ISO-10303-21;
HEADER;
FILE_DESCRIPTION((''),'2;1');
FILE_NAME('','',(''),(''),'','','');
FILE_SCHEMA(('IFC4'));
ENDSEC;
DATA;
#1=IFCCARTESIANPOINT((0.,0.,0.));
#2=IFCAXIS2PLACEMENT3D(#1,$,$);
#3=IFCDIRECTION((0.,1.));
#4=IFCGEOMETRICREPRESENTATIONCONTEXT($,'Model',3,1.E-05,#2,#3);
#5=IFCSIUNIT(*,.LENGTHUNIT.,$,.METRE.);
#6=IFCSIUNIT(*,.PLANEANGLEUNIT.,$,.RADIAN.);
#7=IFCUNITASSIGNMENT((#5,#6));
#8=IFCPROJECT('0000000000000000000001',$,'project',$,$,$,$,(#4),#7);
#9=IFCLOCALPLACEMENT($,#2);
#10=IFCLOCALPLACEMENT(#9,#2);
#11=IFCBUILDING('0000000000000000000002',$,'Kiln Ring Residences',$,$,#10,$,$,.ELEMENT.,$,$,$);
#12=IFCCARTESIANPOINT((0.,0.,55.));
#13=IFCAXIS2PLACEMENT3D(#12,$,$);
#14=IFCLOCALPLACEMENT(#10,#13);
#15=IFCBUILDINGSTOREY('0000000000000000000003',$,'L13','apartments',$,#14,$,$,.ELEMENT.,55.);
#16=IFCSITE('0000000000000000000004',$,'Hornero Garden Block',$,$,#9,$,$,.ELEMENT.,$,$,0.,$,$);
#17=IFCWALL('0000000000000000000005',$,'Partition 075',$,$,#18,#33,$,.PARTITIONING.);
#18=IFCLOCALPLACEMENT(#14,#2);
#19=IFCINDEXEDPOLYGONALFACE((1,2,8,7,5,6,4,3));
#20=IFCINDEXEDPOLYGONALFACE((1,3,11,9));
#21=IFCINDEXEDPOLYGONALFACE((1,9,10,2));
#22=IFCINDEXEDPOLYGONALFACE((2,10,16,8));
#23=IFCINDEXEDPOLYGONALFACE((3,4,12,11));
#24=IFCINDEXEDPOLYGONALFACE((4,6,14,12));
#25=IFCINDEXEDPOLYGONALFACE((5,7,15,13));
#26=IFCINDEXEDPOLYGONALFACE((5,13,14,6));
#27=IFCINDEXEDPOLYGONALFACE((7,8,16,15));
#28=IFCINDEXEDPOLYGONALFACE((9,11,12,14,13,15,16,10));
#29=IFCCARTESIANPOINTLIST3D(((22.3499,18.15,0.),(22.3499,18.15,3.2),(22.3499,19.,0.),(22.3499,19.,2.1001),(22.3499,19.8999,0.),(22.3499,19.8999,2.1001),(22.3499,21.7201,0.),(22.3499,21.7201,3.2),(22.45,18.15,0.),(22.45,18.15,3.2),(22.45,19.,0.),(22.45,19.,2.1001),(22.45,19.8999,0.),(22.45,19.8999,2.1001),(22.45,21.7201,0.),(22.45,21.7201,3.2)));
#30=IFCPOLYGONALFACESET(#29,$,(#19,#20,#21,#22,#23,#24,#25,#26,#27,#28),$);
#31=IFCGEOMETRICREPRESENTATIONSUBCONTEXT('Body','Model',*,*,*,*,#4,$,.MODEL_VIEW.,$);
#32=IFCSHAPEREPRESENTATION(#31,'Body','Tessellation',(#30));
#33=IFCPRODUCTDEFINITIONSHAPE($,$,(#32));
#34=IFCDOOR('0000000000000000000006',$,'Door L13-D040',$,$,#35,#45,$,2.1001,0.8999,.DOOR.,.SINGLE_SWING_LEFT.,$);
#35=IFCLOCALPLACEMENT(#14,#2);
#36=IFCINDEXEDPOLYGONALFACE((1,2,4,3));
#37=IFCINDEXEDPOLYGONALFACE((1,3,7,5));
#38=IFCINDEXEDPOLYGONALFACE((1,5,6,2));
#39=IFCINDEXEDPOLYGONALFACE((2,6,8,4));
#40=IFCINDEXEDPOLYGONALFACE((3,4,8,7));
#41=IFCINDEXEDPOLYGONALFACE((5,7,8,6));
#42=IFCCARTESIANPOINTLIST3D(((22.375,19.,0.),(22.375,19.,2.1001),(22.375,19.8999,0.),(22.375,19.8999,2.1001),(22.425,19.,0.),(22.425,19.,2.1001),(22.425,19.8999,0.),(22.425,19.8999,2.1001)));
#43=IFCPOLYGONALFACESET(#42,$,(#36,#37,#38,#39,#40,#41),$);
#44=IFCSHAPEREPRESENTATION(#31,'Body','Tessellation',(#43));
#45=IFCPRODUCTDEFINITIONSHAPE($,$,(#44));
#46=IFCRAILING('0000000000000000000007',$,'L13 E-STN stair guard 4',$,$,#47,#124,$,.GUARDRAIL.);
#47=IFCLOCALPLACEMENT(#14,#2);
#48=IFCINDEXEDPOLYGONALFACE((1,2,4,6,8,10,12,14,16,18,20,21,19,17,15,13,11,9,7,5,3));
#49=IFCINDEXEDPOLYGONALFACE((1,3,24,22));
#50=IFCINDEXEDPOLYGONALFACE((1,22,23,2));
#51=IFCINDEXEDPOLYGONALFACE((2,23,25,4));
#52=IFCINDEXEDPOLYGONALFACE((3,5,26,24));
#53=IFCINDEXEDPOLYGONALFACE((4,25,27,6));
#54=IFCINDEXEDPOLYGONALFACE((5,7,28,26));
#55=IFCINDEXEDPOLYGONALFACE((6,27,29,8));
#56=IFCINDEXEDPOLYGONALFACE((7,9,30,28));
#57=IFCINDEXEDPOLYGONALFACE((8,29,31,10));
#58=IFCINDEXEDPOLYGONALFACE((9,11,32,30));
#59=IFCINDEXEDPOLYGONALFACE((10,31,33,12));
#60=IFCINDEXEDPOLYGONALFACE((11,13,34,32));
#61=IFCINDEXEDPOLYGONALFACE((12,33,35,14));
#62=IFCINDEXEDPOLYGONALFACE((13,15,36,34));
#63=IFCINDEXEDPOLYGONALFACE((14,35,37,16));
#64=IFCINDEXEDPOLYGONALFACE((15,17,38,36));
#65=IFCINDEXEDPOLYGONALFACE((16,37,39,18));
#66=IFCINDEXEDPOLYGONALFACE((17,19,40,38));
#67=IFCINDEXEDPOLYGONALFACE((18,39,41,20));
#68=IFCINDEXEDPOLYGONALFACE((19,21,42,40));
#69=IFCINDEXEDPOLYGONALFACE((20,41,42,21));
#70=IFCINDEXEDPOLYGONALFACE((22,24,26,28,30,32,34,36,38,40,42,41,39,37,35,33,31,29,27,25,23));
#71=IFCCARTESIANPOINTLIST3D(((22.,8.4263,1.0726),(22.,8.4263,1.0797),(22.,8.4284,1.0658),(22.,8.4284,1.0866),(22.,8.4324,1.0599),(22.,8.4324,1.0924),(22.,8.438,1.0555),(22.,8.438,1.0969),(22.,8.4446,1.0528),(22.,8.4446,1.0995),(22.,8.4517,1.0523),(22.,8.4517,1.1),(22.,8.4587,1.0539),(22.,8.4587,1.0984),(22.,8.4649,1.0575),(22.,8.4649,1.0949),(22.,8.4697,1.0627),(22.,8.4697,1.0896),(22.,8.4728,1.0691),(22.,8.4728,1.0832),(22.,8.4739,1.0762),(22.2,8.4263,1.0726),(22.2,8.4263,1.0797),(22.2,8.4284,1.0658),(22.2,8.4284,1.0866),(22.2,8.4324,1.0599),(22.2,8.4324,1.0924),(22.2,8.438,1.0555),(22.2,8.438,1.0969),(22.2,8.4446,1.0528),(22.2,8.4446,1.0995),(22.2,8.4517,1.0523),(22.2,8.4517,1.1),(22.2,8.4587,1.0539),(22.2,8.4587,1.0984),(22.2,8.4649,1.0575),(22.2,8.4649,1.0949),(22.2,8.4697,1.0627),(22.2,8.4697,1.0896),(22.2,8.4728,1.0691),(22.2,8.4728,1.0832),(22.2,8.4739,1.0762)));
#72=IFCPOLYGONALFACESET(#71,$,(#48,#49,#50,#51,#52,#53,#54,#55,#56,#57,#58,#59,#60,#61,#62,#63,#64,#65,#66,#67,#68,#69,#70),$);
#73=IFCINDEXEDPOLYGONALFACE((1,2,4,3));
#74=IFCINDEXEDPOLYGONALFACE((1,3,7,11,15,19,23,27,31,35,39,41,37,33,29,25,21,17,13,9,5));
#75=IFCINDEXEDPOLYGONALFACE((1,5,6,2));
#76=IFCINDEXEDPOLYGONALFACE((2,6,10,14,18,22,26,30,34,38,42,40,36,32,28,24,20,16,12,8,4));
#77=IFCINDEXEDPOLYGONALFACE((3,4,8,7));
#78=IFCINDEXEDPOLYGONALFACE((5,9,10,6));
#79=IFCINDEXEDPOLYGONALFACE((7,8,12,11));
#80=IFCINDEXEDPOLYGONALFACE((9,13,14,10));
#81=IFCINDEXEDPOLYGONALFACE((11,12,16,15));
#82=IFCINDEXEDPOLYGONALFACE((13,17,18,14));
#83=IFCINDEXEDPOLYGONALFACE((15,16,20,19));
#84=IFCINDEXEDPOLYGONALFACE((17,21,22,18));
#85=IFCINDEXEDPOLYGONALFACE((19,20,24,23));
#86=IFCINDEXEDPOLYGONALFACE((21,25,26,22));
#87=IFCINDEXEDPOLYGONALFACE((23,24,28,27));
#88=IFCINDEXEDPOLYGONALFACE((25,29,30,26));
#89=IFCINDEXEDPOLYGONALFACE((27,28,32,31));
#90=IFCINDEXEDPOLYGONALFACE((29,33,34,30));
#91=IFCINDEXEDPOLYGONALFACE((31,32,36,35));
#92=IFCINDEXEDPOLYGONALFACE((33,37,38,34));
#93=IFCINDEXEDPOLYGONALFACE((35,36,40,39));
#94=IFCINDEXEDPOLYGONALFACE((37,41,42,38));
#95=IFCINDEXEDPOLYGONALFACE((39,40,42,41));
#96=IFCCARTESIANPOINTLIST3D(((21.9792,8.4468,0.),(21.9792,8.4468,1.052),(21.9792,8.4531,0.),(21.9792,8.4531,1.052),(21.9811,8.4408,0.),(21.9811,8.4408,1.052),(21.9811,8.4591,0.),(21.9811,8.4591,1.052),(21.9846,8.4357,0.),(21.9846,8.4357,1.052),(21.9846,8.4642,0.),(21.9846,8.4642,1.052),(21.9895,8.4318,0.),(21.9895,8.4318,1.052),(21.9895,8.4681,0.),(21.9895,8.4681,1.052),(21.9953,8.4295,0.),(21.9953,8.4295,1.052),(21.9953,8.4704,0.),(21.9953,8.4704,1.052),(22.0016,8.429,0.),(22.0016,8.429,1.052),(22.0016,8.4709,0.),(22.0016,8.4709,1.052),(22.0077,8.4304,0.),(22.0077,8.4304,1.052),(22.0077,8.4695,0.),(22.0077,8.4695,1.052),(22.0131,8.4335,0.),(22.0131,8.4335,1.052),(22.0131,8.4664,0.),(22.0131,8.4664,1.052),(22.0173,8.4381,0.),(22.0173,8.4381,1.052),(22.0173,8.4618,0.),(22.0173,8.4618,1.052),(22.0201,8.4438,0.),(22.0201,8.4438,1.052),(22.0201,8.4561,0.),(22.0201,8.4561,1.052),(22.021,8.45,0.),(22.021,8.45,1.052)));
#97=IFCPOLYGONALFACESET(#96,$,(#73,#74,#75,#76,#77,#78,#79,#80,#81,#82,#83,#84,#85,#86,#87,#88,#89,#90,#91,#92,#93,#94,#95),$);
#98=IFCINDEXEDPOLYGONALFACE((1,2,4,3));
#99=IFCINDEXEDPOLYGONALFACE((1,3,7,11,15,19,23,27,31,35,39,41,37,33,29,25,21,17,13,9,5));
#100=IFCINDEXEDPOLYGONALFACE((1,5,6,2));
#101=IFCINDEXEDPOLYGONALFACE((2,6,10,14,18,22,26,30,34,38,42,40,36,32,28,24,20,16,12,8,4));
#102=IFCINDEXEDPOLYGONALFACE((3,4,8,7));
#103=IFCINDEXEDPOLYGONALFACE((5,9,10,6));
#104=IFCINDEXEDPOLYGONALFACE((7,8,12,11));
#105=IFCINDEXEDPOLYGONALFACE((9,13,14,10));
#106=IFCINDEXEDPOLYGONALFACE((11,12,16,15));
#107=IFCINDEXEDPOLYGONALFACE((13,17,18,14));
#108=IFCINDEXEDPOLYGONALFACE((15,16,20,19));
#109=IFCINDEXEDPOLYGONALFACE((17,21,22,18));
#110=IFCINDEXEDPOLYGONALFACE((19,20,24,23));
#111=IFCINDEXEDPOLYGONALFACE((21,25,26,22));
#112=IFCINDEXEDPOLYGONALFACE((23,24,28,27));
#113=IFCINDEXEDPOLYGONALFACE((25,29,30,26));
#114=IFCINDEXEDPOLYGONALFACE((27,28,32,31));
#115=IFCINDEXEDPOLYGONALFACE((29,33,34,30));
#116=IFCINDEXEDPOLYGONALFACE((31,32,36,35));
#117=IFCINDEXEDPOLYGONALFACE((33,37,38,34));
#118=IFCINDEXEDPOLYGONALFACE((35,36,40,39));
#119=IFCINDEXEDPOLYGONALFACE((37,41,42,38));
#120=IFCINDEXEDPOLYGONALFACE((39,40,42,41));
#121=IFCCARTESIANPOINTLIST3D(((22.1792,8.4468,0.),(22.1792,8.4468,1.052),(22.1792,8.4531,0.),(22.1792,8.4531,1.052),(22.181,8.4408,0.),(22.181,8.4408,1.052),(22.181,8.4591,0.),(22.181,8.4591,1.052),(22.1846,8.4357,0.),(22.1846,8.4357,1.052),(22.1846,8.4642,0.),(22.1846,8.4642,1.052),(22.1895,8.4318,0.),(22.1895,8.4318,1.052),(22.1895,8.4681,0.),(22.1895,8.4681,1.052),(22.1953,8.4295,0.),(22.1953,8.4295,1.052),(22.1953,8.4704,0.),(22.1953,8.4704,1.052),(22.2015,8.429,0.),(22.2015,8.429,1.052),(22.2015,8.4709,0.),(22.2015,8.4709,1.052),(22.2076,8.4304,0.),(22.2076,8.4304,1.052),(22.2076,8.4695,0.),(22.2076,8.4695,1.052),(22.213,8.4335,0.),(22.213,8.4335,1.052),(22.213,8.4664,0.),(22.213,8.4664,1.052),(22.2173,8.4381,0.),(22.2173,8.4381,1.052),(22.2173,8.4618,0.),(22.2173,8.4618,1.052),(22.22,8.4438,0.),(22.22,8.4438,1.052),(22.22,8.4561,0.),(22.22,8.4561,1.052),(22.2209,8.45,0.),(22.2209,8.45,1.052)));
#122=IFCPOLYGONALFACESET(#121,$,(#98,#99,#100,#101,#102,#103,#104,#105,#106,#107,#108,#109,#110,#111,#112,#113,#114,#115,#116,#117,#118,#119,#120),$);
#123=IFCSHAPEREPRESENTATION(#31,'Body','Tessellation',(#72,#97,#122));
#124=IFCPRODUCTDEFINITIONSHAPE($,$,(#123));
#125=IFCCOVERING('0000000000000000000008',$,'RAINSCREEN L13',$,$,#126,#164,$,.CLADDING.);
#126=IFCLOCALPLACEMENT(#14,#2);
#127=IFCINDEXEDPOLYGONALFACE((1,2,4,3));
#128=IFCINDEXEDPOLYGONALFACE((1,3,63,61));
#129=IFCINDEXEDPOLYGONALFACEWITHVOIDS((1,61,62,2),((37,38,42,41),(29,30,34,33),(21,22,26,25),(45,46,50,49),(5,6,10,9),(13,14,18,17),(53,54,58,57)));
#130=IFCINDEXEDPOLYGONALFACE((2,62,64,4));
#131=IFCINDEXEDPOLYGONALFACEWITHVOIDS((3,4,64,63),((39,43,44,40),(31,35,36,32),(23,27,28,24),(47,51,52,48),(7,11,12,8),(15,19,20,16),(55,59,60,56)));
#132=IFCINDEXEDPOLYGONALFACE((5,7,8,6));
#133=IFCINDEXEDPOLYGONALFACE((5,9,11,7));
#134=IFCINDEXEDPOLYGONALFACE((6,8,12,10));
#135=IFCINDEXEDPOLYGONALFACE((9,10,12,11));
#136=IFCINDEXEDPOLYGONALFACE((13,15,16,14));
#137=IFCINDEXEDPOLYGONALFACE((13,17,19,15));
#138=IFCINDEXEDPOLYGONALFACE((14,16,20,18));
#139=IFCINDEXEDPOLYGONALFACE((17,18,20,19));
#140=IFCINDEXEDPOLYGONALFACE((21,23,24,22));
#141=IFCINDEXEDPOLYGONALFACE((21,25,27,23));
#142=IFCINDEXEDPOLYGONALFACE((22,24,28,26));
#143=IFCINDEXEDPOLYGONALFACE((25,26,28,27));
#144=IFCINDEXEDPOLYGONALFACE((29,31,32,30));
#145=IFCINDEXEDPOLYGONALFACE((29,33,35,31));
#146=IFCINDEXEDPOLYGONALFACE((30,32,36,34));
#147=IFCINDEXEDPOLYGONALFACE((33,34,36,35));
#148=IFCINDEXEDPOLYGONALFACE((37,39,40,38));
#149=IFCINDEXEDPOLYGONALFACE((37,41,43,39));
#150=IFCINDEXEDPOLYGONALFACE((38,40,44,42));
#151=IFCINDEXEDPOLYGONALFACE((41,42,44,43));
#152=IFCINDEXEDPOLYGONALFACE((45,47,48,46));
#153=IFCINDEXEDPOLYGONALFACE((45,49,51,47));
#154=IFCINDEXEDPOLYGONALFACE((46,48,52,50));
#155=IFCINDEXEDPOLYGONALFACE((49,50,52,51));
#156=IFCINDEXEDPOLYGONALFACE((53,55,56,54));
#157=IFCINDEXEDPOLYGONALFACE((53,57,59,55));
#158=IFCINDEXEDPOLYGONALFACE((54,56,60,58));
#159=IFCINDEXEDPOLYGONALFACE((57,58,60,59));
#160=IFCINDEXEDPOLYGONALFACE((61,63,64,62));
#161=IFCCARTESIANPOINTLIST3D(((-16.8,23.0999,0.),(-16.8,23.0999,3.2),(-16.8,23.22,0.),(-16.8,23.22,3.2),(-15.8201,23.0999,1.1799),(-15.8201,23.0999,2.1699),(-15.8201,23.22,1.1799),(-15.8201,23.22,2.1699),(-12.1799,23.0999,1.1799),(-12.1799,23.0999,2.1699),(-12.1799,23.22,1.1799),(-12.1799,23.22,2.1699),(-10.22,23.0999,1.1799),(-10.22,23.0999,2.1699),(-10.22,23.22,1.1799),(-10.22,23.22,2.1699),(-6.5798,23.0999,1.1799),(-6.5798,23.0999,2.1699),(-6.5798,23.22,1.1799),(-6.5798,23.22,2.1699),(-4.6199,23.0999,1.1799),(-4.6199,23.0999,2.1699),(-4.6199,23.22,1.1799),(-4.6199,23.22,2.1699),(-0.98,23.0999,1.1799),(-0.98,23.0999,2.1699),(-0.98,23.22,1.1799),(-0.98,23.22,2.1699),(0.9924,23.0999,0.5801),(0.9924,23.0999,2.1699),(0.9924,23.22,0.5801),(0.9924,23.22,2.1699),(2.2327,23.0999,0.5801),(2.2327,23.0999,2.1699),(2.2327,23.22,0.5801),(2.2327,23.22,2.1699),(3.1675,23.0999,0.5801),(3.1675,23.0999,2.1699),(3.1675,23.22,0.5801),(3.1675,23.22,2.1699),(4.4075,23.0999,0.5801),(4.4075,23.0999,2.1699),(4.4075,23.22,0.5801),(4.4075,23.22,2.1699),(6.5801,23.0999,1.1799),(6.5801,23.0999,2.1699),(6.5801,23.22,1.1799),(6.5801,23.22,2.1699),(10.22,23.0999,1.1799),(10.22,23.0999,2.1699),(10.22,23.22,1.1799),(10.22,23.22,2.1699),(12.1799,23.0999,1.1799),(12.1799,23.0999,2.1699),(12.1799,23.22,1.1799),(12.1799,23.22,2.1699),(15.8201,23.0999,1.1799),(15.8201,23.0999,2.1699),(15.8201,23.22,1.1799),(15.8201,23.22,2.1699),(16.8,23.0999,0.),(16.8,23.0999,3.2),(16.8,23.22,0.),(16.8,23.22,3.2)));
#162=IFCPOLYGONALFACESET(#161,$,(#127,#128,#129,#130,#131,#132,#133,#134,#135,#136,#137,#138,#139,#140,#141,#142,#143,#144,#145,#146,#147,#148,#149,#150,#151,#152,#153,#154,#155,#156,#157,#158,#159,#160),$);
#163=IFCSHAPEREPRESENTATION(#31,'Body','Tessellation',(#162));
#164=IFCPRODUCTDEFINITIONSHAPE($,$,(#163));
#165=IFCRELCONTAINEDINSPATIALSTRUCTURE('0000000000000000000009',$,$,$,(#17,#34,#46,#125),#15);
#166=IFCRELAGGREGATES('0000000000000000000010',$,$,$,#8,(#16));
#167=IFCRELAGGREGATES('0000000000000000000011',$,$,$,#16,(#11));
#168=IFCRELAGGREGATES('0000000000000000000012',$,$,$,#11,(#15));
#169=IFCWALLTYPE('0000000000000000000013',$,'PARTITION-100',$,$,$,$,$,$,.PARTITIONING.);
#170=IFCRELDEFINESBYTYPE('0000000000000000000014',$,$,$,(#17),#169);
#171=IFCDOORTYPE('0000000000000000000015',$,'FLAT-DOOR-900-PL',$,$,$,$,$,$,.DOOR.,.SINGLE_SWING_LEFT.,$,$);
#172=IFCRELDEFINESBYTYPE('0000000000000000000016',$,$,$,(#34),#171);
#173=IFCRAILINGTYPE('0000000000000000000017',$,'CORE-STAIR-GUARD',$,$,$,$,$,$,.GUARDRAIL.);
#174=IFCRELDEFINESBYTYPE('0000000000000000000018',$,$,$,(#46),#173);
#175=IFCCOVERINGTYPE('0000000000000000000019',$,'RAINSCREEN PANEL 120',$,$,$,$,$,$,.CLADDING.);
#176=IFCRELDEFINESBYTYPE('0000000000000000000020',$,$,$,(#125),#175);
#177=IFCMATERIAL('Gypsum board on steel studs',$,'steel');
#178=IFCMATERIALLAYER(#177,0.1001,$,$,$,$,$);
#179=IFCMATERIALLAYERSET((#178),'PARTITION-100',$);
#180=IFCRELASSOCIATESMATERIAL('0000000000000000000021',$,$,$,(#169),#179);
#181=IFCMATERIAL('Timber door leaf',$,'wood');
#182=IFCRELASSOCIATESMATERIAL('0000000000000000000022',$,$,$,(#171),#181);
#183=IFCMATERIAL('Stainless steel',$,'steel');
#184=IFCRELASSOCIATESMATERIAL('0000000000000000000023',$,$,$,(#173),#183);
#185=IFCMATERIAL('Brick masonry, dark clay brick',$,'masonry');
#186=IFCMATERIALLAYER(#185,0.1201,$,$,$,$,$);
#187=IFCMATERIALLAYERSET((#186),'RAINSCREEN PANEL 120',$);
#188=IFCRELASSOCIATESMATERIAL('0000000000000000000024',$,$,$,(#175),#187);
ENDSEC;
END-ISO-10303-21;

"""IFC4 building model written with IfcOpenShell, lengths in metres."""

from ifc_helpers import new_model, si_unit, direction, frame, frame_2d, origin, origin_2d, place, context, subcontext, project, spatial, polyline, rectangle, circle, outline, extrude, material, layer, layer_set, type_object, element, fill, save


model = new_model("IFC4")

# Units and contexts
model_context = context("Model", 3, precision=1e-05, world=origin(), true_north=direction((0.0, 1.0)))
body_context = subcontext(model_context, "Body", "Model", "MODEL_VIEW")
ifc_project = project(units=[si_unit("LENGTHUNIT", "METRE"), si_unit("PLANEANGLEUNIT", "RADIAN")], contexts=[model_context])

# Site, building, storey
site_placement = place(None, origin())
site = spatial("IfcSite", under=ifc_project, at=site_placement, Name="Hornero Garden Block", CompositionType="ELEMENT", RefElevation=0.0)
building_placement = place(site_placement, origin())
building = spatial("IfcBuilding", under=site, at=building_placement, Name="Kiln Ring Residences", CompositionType="ELEMENT")
storey_placement = place(building_placement, frame((0.0, 0.0, 55.0)))
storey = spatial("IfcBuildingStorey", under=building, at=storey_placement, Name="L13", Description="apartments", CompositionType="ELEMENT", Elevation=55.0)

# Shared definitions
ifc_material_1 = material(Name="Gypsum board on steel studs", Category="steel")
ifc_layer_1 = layer(ifc_material_1, 0.1001)
ifc_layer_set_1 = layer_set([ifc_layer_1], Name="PARTITION-100")
wall_type_1 = type_object("IfcWallType", Name="PARTITION-100", PredefinedType="PARTITIONING", material=ifc_layer_set_1)

# Wall, opening, door
wall_1_placement = place(storey_placement, frame((22.3999, 18.1499, 0.0), z_axis=(0.0, 0.0, 1.0), x_axis=(0.0, 1.0, 0.0)))
wall_1 = element("IfcWall", 1, at=wall_1_placement, inside=storey, type_object=wall_type_1, Name="Partition 075", PredefinedType="PARTITIONING", context=body_context, shape_type="SweptSolid", body=[
    extrude(rectangle(XDim=3.5701, YDim=0.1001, at=frame_2d((1.7852, 0.0))), origin(), (0.0, 0.0, 1.0), 3.2),
])
opening_1_placement = place(wall_1_placement, frame((0.8501, 0.0, 0.0)))
opening_1 = element("IfcOpeningElement", 2, at=opening_1_placement, cuts=wall_1, PredefinedType="OPENING", context=body_context, shape_type="SweptSolid", body=[
    extrude(rectangle(XDim=0.8999, YDim=2.1001, at=frame_2d((0.45, 1.05))), frame((0.0, 0.0601, 0.0), z_axis=(0.0, -1.0, 0.0), x_axis=(1.0, 0.0, 0.0)), (0.0, 0.0, 1.0), 0.1201),
])
ifc_material_2 = material(Name="Timber door leaf", Category="wood")
door_type_1 = type_object("IfcDoorType", Name="FLAT-DOOR-900-PL", OperationType="SINGLE_SWING_LEFT", PredefinedType="DOOR", material=ifc_material_2)
door_1_placement = place(opening_1_placement, origin())
door_1 = element("IfcDoor", 3, at=door_1_placement, inside=storey, type_object=door_type_1, Name="Door L13-D040", OperationType="SINGLE_SWING_LEFT", OverallHeight=2.1001, OverallWidth=0.8999, PredefinedType="DOOR", context=body_context, shape_type="SweptSolid", body=[
    extrude(rectangle(XDim=0.8999, YDim=2.1001, at=frame_2d((0.45, 1.05))), frame((0.0, 0.0249, 0.0), z_axis=(0.0, -1.0, 0.0), x_axis=(1.0, 0.0, 0.0)), (0.0, 0.0, 1.0), 0.05),
])
fill(opening_1, door_1)

# Railing
ifc_material_3 = material(Name="Stainless steel", Category="steel")
railing_type = type_object("IfcRailingType", Name="CORE-STAIR-GUARD", PredefinedType="GUARDRAIL", material=ifc_material_3)
railing_placement = place(storey_placement, frame((22.0, 8.45, 0.0)))
element("IfcRailing", 4, at=railing_placement, inside=storey, type_object=railing_type, Name="L13 E-STN stair guard 4", PredefinedType="GUARDRAIL", context=body_context, shape_type="SweptSolid", body=[
    extrude(circle(Radius=0.0239, at=origin_2d()), frame((0.0, 0.0, 1.0762), z_axis=(1.0, 0.0, 0.0), x_axis=(0.0, 1.0, 0.0)), (0.0, 0.0, 1.0), 0.2),
    extrude(circle(Radius=0.021, at=origin_2d()), origin(), (0.0, 0.0, 1.0), 1.052),
    extrude(circle(Radius=0.021, at=origin_2d()), frame((0.2, 0.0, 0.0)), (0.0, 0.0, 1.0), 1.052),
])

# Covering
ifc_material_4 = material(Name="Brick masonry, dark clay brick", Category="masonry")
ifc_layer_2 = layer(ifc_material_4, 0.1201)
ifc_layer_set_2 = layer_set([ifc_layer_2], Name="RAINSCREEN PANEL 120")
covering_type = type_object("IfcCoveringType", Name="RAINSCREEN PANEL 120", PredefinedType="CLADDING", material=ifc_layer_set_2)
covering_placement = place(storey_placement, frame((16.8, 23.1599, 0.0), z_axis=(0.0, 0.0, 1.0), x_axis=(-1.0, 0.0, 0.0)))
element("IfcCovering", 5, at=covering_placement, inside=storey, type_object=covering_type, Name="RAINSCREEN L13", PredefinedType="CLADDING", context=body_context, shape_type="SweptSolid", body=[
    extrude(outline(polyline([(0.0, 0.0), (33.6001, 0.0), (33.6001, 3.2), (0.0, 3.2), (0.0, 0.0)]), holes=[polyline([(13.6326, 0.5801), (13.6326, 2.1699), (12.3926, 2.1699), (12.3926, 0.5801), (13.6326, 0.5801)]), polyline([(14.5674, 0.5801), (15.8076, 0.5801), (15.8076, 2.1699), (14.5674, 2.1699), (14.5674, 0.5801)]), polyline([(0.98, 1.1799), (4.6201, 1.1799), (4.6201, 2.1699), (0.98, 2.1699), (0.98, 1.1799)]), polyline([(6.5801, 1.1799), (10.22, 1.1799), (10.22, 2.1699), (6.5801, 2.1699), (6.5801, 1.1799)]), polyline([(17.78, 1.1799), (21.4199, 1.1799), (21.4199, 2.1699), (17.78, 2.1699), (17.78, 1.1799)]), polyline([(23.3799, 1.1799), (27.02, 1.1799), (27.02, 2.1699), (23.3799, 2.1699), (23.3799, 1.1799)]), polyline([(28.98, 1.1799), (32.6201, 1.1799), (32.6201, 2.1699), (28.98, 2.1699), (28.98, 1.1799)])]), frame((0.0, 0.0601, 0.0), z_axis=(0.0, -1.0, 0.0), x_axis=(1.0, 0.0, 0.0)), (0.0, 0.0, 1.0), 0.1201),
])

save(model, "model.ifc")
